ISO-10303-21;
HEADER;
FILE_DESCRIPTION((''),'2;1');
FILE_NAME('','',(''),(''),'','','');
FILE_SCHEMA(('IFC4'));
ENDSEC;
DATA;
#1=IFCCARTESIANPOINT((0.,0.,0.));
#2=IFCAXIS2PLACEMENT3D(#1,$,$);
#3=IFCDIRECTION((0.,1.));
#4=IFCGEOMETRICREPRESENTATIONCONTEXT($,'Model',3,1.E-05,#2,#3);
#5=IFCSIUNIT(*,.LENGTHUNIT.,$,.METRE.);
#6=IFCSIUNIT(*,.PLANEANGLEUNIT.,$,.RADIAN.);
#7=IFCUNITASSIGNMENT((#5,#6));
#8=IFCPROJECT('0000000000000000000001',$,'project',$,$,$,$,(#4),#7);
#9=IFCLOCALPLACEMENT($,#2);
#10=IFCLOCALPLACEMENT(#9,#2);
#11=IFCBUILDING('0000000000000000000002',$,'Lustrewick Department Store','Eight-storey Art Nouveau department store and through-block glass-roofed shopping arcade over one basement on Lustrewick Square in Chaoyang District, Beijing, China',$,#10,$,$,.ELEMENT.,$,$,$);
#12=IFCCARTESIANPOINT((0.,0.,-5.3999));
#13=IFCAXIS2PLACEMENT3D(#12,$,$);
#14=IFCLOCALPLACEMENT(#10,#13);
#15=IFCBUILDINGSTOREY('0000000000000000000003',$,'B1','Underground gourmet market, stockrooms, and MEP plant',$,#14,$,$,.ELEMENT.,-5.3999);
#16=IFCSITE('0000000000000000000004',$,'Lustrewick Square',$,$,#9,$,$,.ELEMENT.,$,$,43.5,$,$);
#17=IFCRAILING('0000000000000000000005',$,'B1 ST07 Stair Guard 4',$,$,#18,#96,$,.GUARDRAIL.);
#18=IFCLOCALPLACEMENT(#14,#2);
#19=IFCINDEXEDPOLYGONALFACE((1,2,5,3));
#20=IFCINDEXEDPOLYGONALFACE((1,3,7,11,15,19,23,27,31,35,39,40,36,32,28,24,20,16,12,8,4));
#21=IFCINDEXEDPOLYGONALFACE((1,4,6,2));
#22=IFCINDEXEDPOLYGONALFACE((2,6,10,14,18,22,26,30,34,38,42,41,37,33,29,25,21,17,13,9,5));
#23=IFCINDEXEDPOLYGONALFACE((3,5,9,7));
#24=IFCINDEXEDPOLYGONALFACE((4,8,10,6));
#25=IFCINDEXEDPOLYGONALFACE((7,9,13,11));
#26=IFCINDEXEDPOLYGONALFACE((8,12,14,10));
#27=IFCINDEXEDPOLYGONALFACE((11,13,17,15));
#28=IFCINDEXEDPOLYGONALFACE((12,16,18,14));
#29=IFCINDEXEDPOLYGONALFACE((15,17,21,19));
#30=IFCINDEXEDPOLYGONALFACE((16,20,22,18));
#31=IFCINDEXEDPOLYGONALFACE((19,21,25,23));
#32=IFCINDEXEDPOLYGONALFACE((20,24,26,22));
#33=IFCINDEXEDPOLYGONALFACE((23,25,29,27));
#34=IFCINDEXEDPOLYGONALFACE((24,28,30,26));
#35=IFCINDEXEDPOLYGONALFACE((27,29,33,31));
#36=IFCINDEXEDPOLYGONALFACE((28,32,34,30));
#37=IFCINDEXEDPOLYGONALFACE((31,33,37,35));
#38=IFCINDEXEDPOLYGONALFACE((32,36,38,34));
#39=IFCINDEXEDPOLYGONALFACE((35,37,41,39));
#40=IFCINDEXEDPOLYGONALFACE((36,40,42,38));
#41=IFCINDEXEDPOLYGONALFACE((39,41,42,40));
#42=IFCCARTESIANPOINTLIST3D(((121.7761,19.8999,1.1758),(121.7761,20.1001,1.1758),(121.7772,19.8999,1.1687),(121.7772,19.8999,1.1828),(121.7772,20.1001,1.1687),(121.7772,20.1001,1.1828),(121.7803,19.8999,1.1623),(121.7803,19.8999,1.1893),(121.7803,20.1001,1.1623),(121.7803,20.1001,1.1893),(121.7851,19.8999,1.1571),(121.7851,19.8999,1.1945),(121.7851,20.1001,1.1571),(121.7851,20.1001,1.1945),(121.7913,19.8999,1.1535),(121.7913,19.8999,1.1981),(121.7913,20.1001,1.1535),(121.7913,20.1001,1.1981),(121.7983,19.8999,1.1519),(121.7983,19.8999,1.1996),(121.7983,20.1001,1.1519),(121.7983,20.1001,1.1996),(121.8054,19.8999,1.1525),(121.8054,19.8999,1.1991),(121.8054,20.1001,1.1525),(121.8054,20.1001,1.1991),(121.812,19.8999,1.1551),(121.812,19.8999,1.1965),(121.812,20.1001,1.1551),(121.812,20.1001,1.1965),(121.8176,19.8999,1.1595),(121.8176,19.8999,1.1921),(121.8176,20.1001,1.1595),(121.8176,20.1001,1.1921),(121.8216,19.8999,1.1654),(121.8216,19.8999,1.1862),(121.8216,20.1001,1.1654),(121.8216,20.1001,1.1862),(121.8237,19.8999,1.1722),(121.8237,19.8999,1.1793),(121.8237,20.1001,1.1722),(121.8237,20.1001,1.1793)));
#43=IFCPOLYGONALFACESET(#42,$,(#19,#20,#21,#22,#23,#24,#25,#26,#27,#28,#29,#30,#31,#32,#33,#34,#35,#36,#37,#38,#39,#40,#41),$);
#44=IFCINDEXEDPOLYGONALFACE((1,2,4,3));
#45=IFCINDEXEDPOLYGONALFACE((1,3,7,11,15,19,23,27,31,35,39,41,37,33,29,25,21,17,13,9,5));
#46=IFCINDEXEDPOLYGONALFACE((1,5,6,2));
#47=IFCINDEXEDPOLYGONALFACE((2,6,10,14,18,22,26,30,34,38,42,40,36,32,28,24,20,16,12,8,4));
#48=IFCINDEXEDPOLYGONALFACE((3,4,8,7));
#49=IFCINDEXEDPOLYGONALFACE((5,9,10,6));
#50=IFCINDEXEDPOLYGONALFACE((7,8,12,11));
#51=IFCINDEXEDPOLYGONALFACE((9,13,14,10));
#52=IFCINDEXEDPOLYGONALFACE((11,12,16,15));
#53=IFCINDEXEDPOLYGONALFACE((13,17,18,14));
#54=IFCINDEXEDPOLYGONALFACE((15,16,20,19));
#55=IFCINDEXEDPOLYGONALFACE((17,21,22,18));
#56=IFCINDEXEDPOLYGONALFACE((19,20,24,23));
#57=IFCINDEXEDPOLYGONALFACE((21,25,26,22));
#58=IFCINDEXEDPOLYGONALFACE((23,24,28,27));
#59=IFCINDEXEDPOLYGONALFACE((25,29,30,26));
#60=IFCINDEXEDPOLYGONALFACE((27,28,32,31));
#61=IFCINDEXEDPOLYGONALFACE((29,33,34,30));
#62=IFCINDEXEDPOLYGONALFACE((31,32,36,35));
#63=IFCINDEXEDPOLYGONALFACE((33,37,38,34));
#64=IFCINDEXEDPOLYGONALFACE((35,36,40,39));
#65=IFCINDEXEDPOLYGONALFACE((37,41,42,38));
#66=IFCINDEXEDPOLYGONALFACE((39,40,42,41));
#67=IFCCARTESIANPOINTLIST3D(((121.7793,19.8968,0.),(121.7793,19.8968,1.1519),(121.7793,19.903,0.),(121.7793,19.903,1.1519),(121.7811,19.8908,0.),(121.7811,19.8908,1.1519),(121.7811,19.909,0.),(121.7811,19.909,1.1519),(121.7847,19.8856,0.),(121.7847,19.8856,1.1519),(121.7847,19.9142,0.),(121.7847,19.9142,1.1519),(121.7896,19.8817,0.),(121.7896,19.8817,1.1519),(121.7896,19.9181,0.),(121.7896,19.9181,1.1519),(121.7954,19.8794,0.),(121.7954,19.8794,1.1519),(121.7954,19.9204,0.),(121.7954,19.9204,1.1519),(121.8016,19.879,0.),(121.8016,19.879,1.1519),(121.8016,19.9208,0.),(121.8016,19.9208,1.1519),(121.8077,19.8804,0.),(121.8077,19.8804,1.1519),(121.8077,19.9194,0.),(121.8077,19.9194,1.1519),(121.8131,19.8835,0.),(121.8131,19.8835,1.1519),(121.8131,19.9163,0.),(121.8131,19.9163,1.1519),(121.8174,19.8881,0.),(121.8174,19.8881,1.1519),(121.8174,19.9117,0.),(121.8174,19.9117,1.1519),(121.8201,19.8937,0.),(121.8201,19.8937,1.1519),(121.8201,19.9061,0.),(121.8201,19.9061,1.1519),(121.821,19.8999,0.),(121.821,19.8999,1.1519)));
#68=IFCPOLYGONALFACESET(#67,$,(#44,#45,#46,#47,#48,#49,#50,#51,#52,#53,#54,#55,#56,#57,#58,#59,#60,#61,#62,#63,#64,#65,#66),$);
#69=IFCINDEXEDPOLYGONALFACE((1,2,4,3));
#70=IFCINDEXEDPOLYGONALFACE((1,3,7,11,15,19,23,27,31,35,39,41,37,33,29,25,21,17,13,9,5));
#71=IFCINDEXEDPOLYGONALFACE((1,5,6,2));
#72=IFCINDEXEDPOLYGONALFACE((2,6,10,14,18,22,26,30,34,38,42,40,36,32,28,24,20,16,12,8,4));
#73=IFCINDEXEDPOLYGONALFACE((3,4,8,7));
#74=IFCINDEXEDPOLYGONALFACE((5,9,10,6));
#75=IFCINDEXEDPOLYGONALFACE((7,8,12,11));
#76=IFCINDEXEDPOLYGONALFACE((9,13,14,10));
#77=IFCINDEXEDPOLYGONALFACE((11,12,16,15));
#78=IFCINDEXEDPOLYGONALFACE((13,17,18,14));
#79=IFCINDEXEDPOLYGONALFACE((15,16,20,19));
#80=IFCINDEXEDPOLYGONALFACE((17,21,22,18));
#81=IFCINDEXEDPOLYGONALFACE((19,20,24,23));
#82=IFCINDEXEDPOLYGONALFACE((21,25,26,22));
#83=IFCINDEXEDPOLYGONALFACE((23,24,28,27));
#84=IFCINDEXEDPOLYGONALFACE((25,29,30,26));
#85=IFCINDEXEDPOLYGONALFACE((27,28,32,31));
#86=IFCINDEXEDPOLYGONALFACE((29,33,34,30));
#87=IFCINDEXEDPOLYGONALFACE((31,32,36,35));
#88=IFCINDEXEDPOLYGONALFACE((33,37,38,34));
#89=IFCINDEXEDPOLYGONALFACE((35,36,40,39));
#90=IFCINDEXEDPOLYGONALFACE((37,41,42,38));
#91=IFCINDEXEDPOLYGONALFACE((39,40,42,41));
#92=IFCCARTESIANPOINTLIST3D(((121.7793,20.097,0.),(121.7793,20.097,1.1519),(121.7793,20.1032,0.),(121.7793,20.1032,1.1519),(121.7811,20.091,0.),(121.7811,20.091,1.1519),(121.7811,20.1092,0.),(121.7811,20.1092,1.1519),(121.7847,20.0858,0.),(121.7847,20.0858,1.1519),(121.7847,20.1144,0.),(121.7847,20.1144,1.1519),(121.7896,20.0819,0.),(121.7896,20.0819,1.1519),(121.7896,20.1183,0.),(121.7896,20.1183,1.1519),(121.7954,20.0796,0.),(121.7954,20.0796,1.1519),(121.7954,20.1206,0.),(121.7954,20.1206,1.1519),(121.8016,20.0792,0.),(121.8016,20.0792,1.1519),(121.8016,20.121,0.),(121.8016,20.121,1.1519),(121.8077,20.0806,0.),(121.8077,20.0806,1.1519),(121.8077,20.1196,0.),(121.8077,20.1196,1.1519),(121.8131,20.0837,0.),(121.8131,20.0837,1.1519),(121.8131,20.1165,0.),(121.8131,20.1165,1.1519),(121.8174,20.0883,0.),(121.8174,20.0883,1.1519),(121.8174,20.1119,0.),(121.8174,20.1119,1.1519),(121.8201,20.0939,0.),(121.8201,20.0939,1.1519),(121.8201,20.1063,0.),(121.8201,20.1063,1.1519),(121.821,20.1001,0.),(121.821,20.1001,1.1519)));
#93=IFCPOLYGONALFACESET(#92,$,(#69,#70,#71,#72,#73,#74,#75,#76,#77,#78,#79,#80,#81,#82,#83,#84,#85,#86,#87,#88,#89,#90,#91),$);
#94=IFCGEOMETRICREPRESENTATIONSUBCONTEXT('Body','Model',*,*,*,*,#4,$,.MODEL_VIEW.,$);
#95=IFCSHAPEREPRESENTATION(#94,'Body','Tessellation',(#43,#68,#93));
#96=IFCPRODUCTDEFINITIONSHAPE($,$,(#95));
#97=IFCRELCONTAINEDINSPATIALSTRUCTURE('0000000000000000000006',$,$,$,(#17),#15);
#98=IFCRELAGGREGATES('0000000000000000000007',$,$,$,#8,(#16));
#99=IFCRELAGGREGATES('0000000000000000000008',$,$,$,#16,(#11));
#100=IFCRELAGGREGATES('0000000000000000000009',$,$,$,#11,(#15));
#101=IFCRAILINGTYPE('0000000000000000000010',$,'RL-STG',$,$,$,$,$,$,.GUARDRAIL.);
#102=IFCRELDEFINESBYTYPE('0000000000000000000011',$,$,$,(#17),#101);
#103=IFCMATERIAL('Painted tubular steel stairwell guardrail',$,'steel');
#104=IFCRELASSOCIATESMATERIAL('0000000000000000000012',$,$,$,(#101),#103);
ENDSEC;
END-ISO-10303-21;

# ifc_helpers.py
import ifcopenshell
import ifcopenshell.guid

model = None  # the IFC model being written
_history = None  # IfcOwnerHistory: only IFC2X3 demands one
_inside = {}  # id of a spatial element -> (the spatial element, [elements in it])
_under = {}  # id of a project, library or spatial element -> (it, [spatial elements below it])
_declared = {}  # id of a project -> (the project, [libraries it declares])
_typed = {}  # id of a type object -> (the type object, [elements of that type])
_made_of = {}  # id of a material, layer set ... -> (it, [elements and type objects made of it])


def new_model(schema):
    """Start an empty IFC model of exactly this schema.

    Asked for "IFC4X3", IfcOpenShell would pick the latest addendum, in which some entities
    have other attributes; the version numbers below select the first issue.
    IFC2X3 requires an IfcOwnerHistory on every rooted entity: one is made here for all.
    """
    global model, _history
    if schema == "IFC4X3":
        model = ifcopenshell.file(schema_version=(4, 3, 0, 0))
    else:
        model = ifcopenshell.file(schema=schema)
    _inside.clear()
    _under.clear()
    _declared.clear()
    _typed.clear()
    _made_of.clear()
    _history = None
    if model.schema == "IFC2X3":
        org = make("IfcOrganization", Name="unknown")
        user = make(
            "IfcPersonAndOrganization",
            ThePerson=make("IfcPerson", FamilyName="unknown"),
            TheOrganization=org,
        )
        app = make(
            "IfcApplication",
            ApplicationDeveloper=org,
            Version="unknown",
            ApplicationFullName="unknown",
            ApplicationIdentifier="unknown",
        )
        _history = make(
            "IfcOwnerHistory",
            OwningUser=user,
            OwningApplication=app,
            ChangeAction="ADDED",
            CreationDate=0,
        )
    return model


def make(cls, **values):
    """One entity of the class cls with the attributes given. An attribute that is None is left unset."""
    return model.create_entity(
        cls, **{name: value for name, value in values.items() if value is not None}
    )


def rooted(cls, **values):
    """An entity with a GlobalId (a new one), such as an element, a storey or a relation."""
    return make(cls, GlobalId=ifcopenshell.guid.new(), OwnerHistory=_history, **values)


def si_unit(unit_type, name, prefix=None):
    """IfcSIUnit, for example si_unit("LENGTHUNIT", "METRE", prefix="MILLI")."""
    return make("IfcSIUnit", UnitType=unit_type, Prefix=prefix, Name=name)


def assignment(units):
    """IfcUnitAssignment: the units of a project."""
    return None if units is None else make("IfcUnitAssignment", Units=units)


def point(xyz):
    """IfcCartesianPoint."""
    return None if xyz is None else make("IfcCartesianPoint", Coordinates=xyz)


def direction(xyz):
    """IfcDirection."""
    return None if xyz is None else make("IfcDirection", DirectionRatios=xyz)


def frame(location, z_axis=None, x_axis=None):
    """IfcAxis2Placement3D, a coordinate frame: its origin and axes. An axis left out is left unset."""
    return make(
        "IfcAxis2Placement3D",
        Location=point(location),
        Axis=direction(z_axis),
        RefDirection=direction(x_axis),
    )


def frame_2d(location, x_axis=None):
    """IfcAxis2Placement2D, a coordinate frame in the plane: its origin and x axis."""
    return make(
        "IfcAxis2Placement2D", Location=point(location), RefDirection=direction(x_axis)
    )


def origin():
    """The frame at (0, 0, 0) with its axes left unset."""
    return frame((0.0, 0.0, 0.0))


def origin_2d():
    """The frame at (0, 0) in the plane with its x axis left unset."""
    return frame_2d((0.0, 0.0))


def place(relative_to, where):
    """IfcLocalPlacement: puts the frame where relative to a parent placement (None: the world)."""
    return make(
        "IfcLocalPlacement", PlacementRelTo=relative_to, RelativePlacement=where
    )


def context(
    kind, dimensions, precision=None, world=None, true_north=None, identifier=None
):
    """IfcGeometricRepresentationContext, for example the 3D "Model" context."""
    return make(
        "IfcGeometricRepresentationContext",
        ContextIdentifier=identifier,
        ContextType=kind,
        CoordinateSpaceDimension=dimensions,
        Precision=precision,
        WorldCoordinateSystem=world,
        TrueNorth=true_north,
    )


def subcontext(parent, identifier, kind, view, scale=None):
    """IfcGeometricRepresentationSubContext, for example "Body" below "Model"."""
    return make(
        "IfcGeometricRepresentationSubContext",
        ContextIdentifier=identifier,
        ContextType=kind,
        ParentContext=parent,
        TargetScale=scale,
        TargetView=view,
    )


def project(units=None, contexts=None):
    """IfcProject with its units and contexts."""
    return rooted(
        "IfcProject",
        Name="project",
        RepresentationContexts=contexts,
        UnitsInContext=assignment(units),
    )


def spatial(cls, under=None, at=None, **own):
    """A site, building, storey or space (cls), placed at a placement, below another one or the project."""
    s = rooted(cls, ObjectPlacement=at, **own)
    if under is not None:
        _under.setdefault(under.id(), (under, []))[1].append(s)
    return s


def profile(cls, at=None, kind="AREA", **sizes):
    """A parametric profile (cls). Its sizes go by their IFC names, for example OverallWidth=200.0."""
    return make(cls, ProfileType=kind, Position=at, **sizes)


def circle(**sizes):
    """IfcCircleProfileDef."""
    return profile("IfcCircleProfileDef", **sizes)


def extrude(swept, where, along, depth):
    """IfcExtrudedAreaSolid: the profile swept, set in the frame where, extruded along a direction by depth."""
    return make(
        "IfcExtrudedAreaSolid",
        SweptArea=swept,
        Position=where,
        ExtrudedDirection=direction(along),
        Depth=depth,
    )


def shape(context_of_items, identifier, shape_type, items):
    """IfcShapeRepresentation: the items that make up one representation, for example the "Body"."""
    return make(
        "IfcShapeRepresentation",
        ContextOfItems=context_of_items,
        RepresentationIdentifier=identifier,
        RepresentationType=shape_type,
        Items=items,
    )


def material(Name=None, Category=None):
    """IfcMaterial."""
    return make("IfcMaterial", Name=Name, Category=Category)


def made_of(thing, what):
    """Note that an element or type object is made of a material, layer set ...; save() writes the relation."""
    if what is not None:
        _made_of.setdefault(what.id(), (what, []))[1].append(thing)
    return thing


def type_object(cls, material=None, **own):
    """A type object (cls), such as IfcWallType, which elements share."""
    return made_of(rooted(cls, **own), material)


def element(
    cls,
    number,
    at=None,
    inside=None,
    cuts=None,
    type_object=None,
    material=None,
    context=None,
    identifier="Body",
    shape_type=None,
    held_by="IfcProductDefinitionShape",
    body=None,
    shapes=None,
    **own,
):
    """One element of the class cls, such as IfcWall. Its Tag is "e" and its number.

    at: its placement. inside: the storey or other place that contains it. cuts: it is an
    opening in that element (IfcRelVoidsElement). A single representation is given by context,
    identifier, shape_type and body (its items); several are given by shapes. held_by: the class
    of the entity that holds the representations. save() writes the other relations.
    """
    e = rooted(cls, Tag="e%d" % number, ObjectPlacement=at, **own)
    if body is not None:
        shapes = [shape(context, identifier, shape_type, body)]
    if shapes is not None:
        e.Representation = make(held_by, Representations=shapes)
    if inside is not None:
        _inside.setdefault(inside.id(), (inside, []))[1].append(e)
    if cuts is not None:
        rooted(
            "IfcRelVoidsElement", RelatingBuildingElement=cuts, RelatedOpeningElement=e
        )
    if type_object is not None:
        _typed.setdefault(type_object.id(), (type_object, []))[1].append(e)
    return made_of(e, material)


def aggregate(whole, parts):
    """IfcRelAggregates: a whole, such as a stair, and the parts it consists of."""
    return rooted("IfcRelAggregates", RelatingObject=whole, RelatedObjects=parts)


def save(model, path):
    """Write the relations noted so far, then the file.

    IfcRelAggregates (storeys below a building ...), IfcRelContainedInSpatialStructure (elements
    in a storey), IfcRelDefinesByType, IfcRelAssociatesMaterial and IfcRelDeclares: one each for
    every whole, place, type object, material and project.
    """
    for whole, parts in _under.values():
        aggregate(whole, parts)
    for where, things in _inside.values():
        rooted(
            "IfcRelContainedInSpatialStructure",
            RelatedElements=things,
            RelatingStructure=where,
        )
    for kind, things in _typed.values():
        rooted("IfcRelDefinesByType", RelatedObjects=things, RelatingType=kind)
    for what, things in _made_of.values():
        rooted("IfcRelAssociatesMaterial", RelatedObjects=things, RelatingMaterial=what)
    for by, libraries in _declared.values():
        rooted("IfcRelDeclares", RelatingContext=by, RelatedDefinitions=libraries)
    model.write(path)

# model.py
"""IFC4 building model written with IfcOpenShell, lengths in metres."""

from ifc_helpers import new_model, si_unit, direction, frame, origin, origin_2d, place, context, subcontext, project, spatial, circle, extrude, material, type_object, element, save


model = new_model("IFC4")

# Units and contexts
model_context = context("Model", 3, precision=1e-05, world=origin(), true_north=direction((0.0, 1.0)))
body_context = subcontext(model_context, "Body", "Model", "MODEL_VIEW")
ifc_project = project(units=[si_unit("LENGTHUNIT", "METRE"), si_unit("PLANEANGLEUNIT", "RADIAN")], contexts=[model_context])

# Site, building, storey
site_placement = place(None, origin())
site = spatial("IfcSite", under=ifc_project, at=site_placement, Name="Lustrewick Square", CompositionType="ELEMENT", RefElevation=43.5)
building_placement = place(site_placement, origin())
building = spatial("IfcBuilding", under=site, at=building_placement, Name="Lustrewick Department Store", Description="Eight-storey Art Nouveau department store and through-block glass-roofed shopping arcade over one basement on Lustrewick Square in Chaoyang District, Beijing, China", CompositionType="ELEMENT")
storey_placement = place(building_placement, frame((0.0, 0.0, -5.3999)))
storey = spatial("IfcBuildingStorey", under=building, at=storey_placement, Name="B1", Description="Underground gourmet market, stockrooms, and MEP plant", CompositionType="ELEMENT", Elevation=-5.3999)

# Railing
ifc_material_1 = material(Name="Painted tubular steel stairwell guardrail", Category="steel")
railing_type_1 = type_object("IfcRailingType", Name="RL-STG", PredefinedType="GUARDRAIL", material=ifc_material_1)
railing_1_placement = place(storey_placement, frame((121.8, 19.8999, 0.0)))
element("IfcRailing", 1, at=railing_1_placement, inside=storey, type_object=railing_type_1, Name="B1 ST07 Stair Guard 4", PredefinedType="GUARDRAIL", context=body_context, shape_type="SweptSolid", body=[
    extrude(circle(Radius=0.0239, at=origin_2d()), frame((0.0, 0.0, 1.1758), z_axis=(0.0, 1.0, 0.0), x_axis=(-1.0, 0.0, 0.0)), (0.0, 0.0, 1.0), 0.2002),
    extrude(circle(Radius=0.021, at=origin_2d()), origin(), (0.0, 0.0, 1.0), 1.1519),
    extrude(circle(Radius=0.021, at=origin_2d()), frame((0.0, 0.2002, 0.0)), (0.0, 0.0, 1.0), 1.1519),
])

save(model, "model.ifc")
